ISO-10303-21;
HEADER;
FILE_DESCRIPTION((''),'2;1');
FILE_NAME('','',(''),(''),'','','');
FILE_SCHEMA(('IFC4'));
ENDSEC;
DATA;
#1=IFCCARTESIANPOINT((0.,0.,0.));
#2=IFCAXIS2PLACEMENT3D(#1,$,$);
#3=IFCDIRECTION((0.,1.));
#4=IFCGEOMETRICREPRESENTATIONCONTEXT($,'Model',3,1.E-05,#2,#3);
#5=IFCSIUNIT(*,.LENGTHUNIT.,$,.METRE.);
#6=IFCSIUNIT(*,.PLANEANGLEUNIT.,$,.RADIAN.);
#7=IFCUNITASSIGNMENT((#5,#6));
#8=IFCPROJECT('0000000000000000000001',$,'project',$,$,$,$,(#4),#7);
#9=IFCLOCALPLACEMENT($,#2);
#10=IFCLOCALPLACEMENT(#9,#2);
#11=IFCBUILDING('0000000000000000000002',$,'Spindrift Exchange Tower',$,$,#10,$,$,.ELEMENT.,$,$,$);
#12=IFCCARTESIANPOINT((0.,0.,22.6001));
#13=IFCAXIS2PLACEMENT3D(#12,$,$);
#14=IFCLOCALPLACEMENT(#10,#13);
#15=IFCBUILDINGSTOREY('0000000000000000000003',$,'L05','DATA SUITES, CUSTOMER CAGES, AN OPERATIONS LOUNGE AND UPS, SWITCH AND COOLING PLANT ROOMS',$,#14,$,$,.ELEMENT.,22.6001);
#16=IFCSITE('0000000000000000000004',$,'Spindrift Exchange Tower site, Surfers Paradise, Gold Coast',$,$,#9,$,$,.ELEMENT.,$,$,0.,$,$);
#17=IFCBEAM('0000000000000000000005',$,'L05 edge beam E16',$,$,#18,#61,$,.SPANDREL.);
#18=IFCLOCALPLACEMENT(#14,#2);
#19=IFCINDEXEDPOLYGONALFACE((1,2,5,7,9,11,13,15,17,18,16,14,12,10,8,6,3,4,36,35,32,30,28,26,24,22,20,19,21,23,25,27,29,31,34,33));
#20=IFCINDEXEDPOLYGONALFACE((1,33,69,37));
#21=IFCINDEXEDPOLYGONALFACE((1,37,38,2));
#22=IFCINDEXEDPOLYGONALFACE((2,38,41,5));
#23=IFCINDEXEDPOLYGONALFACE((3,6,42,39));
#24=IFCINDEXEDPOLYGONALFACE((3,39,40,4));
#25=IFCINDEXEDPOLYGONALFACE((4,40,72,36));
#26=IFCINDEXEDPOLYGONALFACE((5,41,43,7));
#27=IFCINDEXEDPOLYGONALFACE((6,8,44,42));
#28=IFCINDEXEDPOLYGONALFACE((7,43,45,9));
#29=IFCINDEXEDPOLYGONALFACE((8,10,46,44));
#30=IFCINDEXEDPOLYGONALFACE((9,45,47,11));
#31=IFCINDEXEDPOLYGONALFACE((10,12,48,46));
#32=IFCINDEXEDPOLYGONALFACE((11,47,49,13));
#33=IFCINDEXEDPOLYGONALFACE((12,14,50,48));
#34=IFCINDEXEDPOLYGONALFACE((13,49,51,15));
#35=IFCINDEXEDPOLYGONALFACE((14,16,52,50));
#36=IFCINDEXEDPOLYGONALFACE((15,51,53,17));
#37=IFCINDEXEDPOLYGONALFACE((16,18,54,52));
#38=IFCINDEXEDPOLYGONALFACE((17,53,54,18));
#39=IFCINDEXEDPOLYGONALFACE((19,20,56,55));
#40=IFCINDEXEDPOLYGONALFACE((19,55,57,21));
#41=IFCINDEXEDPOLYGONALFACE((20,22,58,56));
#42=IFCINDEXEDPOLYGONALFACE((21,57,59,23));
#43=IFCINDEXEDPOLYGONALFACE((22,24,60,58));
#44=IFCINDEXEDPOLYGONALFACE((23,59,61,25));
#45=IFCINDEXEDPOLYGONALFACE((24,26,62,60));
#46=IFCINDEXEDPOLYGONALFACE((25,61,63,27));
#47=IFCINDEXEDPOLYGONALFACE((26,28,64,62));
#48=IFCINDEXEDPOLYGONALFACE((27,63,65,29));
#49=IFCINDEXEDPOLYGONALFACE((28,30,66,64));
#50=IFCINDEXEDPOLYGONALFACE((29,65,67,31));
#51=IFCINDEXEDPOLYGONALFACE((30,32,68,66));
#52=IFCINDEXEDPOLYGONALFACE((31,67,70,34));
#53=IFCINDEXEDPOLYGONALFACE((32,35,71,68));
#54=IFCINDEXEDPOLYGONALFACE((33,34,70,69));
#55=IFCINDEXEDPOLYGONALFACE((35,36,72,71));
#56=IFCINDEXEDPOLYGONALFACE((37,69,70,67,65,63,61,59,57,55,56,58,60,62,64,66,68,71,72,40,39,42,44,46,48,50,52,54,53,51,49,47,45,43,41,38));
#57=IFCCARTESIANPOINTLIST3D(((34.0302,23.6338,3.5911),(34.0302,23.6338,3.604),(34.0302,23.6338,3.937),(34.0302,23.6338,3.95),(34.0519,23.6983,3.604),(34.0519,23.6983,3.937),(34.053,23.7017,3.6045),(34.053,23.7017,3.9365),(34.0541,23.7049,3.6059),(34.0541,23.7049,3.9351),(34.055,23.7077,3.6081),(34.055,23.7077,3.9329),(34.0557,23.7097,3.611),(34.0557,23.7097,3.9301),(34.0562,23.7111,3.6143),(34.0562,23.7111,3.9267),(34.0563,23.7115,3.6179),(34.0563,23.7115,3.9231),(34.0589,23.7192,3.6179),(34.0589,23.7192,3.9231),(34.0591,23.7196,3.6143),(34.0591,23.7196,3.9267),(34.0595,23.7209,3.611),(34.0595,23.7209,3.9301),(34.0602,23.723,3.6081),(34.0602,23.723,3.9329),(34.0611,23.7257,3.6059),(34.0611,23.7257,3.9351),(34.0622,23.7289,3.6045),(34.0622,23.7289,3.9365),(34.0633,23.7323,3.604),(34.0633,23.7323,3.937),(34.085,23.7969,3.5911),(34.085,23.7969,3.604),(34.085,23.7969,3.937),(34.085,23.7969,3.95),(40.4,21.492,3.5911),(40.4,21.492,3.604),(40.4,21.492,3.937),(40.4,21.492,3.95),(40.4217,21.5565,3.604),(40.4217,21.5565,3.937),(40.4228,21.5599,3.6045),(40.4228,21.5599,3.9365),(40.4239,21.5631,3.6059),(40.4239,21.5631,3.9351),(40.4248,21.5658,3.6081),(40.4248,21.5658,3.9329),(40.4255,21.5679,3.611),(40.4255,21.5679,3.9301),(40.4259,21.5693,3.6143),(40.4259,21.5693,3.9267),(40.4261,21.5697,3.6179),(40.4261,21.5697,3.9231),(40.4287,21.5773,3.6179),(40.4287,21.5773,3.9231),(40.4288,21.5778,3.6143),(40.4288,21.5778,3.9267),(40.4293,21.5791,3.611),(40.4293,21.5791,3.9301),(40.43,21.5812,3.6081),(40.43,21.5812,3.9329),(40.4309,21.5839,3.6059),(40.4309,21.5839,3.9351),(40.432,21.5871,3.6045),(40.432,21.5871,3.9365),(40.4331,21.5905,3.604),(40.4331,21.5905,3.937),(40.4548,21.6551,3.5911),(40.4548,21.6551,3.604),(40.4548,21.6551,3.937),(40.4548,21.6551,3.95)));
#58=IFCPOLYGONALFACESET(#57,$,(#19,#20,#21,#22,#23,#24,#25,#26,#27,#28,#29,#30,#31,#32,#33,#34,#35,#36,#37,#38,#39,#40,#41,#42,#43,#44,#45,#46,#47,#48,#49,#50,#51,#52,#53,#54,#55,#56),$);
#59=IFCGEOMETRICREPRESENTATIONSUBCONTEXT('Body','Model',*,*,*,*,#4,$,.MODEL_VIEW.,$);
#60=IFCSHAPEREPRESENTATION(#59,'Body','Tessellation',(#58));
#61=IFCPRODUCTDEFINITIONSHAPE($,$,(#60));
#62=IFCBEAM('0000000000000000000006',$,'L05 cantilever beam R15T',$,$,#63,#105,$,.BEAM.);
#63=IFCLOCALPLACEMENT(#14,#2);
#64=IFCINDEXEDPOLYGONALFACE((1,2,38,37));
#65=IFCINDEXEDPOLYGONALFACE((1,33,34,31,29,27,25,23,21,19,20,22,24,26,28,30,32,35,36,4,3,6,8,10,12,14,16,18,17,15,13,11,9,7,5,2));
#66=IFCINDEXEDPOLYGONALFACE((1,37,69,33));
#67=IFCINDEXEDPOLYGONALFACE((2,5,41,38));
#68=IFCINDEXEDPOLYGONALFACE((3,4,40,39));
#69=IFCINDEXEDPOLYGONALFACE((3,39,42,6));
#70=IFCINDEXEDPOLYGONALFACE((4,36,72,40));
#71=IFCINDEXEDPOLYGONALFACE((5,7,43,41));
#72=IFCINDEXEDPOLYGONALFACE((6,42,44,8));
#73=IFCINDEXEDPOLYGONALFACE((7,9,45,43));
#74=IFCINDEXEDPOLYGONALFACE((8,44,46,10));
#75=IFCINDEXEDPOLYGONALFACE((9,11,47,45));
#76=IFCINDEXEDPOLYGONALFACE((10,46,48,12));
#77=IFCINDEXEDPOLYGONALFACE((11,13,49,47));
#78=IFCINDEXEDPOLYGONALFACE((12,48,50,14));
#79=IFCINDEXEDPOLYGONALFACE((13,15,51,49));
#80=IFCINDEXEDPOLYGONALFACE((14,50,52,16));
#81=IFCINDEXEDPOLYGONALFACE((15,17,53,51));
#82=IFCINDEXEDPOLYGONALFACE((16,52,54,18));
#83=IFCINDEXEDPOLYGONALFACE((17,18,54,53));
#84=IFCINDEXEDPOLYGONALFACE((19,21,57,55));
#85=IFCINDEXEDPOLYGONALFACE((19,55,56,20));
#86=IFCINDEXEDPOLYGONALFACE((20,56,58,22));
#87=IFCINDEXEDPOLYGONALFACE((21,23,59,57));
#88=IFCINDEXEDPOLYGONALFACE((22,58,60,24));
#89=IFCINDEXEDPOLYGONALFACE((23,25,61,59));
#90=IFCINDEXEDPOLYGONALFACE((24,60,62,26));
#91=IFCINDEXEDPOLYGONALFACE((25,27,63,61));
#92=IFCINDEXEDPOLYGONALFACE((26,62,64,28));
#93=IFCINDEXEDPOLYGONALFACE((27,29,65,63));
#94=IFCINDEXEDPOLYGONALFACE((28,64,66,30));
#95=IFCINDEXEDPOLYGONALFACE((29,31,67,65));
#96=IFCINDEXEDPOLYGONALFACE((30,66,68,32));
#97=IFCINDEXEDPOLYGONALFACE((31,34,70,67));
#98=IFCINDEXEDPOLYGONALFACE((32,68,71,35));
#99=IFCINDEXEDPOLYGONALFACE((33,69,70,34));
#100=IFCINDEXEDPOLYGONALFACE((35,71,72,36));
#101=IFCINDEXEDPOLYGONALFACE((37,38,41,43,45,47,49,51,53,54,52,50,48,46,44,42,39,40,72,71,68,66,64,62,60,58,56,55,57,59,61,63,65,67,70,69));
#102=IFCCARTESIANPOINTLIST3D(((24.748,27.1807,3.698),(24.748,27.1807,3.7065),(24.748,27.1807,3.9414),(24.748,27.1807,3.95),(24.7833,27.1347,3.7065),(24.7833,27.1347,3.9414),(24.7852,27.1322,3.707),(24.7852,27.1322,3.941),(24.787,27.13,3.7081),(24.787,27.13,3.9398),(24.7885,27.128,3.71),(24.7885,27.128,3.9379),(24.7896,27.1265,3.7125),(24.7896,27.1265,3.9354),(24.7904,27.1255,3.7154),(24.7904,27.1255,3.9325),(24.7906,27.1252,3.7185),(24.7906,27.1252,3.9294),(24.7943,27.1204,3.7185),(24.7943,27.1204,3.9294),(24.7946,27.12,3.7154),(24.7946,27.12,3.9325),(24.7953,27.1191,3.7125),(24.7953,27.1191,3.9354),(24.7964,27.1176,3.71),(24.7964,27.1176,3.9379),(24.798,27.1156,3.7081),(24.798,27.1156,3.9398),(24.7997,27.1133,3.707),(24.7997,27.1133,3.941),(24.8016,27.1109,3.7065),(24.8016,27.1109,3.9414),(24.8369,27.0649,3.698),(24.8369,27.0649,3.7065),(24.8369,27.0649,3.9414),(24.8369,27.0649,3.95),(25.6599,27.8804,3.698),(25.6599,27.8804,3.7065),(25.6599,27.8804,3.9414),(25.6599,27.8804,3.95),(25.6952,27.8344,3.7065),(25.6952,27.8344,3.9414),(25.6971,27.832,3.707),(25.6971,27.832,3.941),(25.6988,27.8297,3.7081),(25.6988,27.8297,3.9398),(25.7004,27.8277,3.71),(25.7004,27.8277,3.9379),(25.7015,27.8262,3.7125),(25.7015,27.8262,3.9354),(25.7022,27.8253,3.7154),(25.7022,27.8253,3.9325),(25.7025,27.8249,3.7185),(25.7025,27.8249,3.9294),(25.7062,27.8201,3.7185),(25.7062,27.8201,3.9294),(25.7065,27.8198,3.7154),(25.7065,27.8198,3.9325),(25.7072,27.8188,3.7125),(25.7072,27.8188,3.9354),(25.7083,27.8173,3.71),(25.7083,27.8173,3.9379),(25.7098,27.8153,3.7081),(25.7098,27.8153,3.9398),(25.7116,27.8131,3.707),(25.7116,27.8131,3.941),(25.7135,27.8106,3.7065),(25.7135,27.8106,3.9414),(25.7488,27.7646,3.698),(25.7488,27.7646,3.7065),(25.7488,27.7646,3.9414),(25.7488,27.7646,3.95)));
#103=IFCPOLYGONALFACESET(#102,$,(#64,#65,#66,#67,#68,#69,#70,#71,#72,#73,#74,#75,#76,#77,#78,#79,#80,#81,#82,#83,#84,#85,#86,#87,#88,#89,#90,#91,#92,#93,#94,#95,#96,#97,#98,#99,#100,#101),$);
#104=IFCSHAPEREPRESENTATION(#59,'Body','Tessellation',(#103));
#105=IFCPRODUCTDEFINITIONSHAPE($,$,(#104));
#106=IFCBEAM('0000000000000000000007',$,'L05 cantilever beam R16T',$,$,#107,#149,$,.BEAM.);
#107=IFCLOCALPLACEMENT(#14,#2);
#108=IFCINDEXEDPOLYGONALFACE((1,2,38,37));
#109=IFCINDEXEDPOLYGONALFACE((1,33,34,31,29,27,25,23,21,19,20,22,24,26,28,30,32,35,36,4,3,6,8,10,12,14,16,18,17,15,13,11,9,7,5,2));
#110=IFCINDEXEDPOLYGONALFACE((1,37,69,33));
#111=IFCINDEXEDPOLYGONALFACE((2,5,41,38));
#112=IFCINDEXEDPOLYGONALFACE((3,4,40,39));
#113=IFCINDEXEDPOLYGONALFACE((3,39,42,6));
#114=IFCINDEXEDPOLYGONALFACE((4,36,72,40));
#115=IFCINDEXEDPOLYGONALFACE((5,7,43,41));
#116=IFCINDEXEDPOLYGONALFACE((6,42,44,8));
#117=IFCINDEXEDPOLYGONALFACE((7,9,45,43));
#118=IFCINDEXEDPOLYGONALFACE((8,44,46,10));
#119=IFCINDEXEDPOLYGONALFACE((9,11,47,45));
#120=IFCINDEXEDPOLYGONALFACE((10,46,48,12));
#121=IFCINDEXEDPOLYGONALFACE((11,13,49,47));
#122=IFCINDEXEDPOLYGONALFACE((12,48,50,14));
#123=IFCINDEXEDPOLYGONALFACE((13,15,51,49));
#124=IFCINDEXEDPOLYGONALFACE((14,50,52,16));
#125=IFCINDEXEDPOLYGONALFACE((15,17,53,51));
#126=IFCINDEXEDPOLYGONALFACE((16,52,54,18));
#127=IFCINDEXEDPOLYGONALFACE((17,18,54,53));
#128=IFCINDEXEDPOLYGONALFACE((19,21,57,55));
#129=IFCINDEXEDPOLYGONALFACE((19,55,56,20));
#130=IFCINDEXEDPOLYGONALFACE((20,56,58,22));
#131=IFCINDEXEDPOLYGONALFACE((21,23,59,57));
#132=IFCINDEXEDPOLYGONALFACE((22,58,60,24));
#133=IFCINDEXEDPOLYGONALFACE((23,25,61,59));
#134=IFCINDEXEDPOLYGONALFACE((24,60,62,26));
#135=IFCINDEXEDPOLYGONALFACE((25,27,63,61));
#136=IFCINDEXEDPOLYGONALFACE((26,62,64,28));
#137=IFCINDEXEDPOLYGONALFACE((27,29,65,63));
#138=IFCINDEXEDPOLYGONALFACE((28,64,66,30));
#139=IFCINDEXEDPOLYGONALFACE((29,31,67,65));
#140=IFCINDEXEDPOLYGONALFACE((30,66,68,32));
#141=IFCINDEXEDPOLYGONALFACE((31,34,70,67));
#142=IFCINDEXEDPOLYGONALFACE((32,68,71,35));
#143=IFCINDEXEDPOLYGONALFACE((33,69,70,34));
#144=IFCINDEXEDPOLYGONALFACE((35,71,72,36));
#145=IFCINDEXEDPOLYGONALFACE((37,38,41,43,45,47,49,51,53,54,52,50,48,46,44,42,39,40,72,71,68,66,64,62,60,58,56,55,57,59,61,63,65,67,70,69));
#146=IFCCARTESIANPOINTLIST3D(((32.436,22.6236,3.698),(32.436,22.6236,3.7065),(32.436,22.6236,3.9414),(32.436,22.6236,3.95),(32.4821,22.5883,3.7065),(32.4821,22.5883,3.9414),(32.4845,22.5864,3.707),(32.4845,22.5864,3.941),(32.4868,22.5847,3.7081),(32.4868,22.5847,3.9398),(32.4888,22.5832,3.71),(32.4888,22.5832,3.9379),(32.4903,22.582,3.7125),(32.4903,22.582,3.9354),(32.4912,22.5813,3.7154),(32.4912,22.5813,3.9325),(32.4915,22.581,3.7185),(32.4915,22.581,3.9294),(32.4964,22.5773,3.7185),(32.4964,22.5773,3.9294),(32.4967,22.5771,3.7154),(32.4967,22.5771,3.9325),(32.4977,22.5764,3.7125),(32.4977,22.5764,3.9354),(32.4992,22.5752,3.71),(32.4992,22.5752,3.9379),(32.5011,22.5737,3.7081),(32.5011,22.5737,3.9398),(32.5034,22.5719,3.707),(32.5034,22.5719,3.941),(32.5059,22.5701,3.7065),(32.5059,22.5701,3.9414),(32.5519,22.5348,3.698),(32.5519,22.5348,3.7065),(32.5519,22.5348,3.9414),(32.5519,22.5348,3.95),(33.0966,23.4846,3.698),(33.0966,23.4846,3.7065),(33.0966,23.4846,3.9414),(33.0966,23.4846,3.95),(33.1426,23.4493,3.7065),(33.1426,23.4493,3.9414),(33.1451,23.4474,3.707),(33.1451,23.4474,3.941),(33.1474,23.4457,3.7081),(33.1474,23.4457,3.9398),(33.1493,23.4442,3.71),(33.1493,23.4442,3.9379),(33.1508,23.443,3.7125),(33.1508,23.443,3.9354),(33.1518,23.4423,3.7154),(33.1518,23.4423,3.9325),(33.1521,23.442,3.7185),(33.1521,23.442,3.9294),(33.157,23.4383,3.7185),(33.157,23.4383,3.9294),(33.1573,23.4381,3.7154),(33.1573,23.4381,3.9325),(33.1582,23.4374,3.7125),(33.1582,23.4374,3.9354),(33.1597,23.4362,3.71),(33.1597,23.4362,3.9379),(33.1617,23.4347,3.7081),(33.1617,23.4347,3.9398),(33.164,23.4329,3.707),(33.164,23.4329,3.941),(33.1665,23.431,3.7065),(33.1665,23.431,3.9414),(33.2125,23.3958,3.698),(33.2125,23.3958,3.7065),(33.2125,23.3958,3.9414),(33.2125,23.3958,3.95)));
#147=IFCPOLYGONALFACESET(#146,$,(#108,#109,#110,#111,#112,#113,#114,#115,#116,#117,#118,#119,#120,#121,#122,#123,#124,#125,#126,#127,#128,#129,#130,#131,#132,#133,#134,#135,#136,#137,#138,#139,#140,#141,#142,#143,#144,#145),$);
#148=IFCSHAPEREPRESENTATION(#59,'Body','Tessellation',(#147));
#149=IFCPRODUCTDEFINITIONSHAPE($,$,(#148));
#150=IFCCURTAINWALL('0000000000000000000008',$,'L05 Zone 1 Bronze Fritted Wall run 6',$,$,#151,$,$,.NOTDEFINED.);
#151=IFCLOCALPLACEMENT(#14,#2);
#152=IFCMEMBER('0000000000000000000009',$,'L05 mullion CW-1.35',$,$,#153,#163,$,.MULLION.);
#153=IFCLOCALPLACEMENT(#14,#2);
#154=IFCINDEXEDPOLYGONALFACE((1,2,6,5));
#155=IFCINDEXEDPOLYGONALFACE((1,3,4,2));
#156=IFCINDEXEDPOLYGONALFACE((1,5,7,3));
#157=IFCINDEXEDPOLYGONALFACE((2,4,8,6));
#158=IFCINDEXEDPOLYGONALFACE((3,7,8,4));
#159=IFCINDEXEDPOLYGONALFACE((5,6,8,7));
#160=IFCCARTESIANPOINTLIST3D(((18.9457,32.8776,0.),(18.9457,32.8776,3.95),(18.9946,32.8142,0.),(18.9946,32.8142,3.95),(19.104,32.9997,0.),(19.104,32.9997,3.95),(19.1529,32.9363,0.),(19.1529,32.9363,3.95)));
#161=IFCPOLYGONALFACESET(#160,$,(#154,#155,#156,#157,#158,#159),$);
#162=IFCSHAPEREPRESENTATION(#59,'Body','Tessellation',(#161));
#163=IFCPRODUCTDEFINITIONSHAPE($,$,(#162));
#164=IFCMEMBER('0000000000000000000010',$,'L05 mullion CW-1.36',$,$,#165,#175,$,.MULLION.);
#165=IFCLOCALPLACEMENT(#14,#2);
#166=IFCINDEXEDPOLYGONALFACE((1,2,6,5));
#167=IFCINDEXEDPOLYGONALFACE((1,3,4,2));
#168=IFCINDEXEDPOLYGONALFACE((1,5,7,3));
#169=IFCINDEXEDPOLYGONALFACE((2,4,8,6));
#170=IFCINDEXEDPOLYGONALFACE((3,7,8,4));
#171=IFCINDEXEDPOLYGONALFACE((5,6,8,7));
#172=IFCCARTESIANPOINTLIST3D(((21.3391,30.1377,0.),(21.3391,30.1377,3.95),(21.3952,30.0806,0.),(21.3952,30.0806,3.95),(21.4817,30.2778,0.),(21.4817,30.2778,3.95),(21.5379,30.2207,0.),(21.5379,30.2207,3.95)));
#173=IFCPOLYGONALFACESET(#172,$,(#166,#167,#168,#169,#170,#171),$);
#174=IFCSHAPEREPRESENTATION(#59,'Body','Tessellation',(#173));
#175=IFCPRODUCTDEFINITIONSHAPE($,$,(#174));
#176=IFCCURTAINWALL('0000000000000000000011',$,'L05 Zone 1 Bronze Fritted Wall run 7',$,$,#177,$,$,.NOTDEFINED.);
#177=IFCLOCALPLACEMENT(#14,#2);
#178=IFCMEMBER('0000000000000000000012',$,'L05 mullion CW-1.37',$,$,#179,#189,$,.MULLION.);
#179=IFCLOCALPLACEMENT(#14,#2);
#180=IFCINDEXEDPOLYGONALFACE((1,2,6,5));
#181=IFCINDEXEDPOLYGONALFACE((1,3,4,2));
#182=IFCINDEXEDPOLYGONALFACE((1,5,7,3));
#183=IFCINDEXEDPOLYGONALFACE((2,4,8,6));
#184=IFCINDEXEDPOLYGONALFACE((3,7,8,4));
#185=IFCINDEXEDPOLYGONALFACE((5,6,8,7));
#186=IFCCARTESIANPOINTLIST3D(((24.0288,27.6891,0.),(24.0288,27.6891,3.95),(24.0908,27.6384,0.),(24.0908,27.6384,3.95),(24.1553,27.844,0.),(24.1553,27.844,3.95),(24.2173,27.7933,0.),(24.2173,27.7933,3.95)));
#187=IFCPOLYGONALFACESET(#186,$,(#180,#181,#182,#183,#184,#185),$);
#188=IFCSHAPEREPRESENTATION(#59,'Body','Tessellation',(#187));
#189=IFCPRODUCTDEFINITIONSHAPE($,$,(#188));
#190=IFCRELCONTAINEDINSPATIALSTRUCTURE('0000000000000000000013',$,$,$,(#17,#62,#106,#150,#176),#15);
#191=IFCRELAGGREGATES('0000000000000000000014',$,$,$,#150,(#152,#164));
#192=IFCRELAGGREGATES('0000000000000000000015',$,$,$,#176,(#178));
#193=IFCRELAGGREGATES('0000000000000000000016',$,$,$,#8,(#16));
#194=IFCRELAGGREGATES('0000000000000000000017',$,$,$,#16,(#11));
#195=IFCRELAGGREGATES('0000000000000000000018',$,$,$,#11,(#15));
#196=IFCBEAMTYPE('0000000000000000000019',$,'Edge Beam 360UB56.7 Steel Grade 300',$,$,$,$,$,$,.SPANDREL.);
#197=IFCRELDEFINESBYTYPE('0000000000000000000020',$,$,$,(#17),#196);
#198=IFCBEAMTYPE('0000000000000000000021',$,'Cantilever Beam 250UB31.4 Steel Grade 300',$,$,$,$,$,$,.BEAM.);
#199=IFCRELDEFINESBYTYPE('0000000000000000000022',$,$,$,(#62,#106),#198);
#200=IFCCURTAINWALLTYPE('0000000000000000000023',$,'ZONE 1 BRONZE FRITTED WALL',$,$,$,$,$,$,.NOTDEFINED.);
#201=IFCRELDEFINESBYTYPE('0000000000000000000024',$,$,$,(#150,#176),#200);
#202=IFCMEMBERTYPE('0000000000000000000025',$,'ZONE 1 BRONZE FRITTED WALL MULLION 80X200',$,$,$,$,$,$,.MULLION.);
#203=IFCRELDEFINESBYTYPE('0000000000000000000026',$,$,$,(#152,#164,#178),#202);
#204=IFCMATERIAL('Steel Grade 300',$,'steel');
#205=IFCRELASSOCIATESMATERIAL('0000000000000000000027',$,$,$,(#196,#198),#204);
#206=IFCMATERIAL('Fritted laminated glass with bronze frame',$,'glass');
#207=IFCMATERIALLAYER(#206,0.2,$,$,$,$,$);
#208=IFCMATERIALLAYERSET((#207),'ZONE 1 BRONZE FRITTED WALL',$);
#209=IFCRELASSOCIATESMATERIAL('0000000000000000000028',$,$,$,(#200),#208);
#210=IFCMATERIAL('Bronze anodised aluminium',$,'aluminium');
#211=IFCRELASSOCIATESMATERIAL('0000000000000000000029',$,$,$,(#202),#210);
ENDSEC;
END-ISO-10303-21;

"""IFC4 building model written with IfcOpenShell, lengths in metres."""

from ifc_helpers import new_model, si_unit, direction, frame, origin, origin_2d, place, context, subcontext, project, spatial, rectangle, i_section, extrude, source, transform, mapped, material, layer, layer_set, material_profile, profile_set, type_object, element, aggregate, save


model = new_model("IFC4")

# Units and contexts
model_context = context("Model", 3, precision=1e-05, world=origin(), true_north=direction((0.0, 1.0)))
body_context = subcontext(model_context, "Body", "Model", "MODEL_VIEW")
ifc_project = project(units=[si_unit("LENGTHUNIT", "METRE"), si_unit("PLANEANGLEUNIT", "RADIAN")], contexts=[model_context])

# Site, building, storey
site_placement = place(None, origin())
site = spatial("IfcSite", under=ifc_project, at=site_placement, Name="Spindrift Exchange Tower site, Surfers Paradise, Gold Coast", CompositionType="ELEMENT", RefElevation=0.0)
building_placement = place(site_placement, origin())
building = spatial("IfcBuilding", under=site, at=building_placement, Name="Spindrift Exchange Tower", CompositionType="ELEMENT")
storey_placement = place(building_placement, frame((0.0, 0.0, 22.6001)))
storey = spatial("IfcBuildingStorey", under=building, at=storey_placement, Name="L05", Description="DATA SUITES, CUSTOMER CAGES, AN OPERATIONS LOUNGE AND UPS, SWITCH AND COOLING PLANT ROOMS", CompositionType="ELEMENT", Elevation=22.6001)

# Beams
ifc_material_1 = material(Name="Steel Grade 300", Category="steel")
ifc_material_profile_1 = material_profile(ifc_material_1, i_section(OverallWidth=0.1721, OverallDepth=0.3589, WebThickness=0.0081, FlangeThickness=0.0129, FilletRadius=0.0139, at=origin_2d()), Name="360UB56.7")
ifc_profile_set_1 = profile_set([ifc_material_profile_1], Name="Steel Grade 300")
beam_type_1 = type_object("IfcBeamType", Name="Edge Beam 360UB56.7 Steel Grade 300", PredefinedType="SPANDREL", material=ifc_profile_set_1)
shared_shape_1 = source(origin(), body_context, "Body", "SweptSolid", [
    extrude(i_section(OverallWidth=0.1721, OverallDepth=0.3589, WebThickness=0.0081, FlangeThickness=0.0129, FilletRadius=0.0139, at=origin_2d()), origin(), (0.0, 0.0, 1.0), 6.7202),
])
beam_1_placement = place(storey_placement, frame((34.0576, 23.7153, 3.7705), z_axis=(0.947852, -0.318712, 0.0), x_axis=(0.318712, 0.947852, 0.0)))
element("IfcBeam", 1, at=beam_1_placement, inside=storey, type_object=beam_type_1, Name="L05 edge beam E16", PredefinedType="SPANDREL", context=body_context, shape_type="MappedRepresentation", body=[
    mapped(shared_shape_1, transform((0.0, 0.0, 0.0), scale=1.0)),
])
ifc_material_profile_2 = material_profile(ifc_material_1, i_section(OverallWidth=0.146, OverallDepth=0.252, WebThickness=0.0061, FlangeThickness=0.0085, FilletRadius=0.012, at=origin_2d()), Name="250UB31.4")
ifc_profile_set_2 = profile_set([ifc_material_profile_2], Name="Steel Grade 300")
beam_type_2 = type_object("IfcBeamType", Name="Cantilever Beam 250UB31.4 Steel Grade 300", PredefinedType="BEAM", material=ifc_profile_set_2)
shared_shape_2 = source(origin(), body_context, "Body", "SweptSolid", [
    extrude(i_section(OverallWidth=0.146, OverallDepth=0.252, WebThickness=0.0061, FlangeThickness=0.0085, FilletRadius=0.012, at=origin_2d()), origin(), (0.0, 0.0, 1.0), 1.1494),
])
beam_2_placement = place(storey_placement, frame((25.7043, 27.8225, 3.824), z_axis=(-0.79335, -0.608766, 0.0), x_axis=(0.608766, -0.79335, 0.0)))
element("IfcBeam", 2, at=beam_2_placement, inside=storey, type_object=beam_type_2, Name="L05 cantilever beam R15T", PredefinedType="BEAM", context=body_context, shape_type="MappedRepresentation", body=[
    mapped(shared_shape_2, transform((0.0, 0.0, 0.0), scale=1.0)),
])
shared_shape_3 = source(origin(), body_context, "Body", "SweptSolid", [
    extrude(i_section(OverallWidth=0.146, OverallDepth=0.252, WebThickness=0.0061, FlangeThickness=0.0085, FilletRadius=0.012, at=origin_2d()), origin(), (0.0, 0.0, 1.0), 1.0852),
])
beam_3_placement = place(storey_placement, frame((33.1545, 23.4402, 3.824), z_axis=(-0.60871, -0.793393, 0.0), x_axis=(0.793393, -0.60871, 0.0)))
element("IfcBeam", 3, at=beam_3_placement, inside=storey, type_object=beam_type_2, Name="L05 cantilever beam R16T", PredefinedType="BEAM", context=body_context, shape_type="MappedRepresentation", body=[
    mapped(shared_shape_3, transform((0.0, 0.0, 0.0), scale=1.0)),
])

# Curtain walls, members
ifc_material_2 = material(Name="Fritted laminated glass with bronze frame", Category="glass")
ifc_layer_1 = layer(ifc_material_2, 0.2)
ifc_layer_set_1 = layer_set([ifc_layer_1], Name="ZONE 1 BRONZE FRITTED WALL")
curtain_wall_type = type_object("IfcCurtainWallType", Name="ZONE 1 BRONZE FRITTED WALL", PredefinedType="NOTDEFINED", material=ifc_layer_set_1)
curtain_wall_1_placement = place(storey_placement, origin())
curtain_wall_1 = element("IfcCurtainWall", 4, at=curtain_wall_1_placement, inside=storey, type_object=curtain_wall_type, Name="L05 Zone 1 Bronze Fritted Wall run 6", PredefinedType="NOTDEFINED")
ifc_material_3 = material(Name="Bronze anodised aluminium", Category="aluminium")
ifc_material_profile_3 = material_profile(ifc_material_3, rectangle(XDim=0.0801, YDim=0.2, at=origin_2d()), Name="ZONE 1 BRONZE FRITTED WALL MULLION 80X200")
ifc_profile_set_3 = profile_set([ifc_material_profile_3], Name="Bronze anodised aluminium")
member_type_1 = type_object("IfcMemberType", Name="ZONE 1 BRONZE FRITTED WALL MULLION 80X200", PredefinedType="MULLION", material=ifc_profile_set_3)
shared_shape_4 = source(origin(), body_context, "Body", "SweptSolid", [
    extrude(rectangle(XDim=0.0801, YDim=0.2, at=origin_2d()), origin(), (0.0, 0.0, 1.0), 3.95),
])
member_1_placement = place(storey_placement, frame((19.0493, 32.907, 0.0), z_axis=(0.0, 0.0, 1.0), x_axis=(0.610696, -0.791865, 0.0)))
member_1 = element("IfcMember", 5, at=member_1_placement, type_object=member_type_1, Name="L05 mullion CW-1.35", PredefinedType="MULLION", context=body_context, shape_type="MappedRepresentation", body=[
    mapped(shared_shape_4, transform((0.0, 0.0, 0.0), scale=1.0)),
])
member_2_placement = place(storey_placement, frame((21.4385, 30.1792, 0.0), z_axis=(0.0, 0.0, 1.0), x_axis=(0.700723, -0.713433, 0.0)))
member_2 = element("IfcMember", 6, at=member_2_placement, type_object=member_type_1, Name="L05 mullion CW-1.36", PredefinedType="MULLION", context=body_context, shape_type="MappedRepresentation", body=[
    mapped(shared_shape_4, transform((0.0, 0.0, 0.0), scale=1.0)),
])
curtain_wall_2_placement = place(storey_placement, origin())
curtain_wall_2 = element("IfcCurtainWall", 7, at=curtain_wall_2_placement, inside=storey, type_object=curtain_wall_type, Name="L05 Zone 1 Bronze Fritted Wall run 7", PredefinedType="NOTDEFINED")
member_3_placement = place(storey_placement, frame((24.123, 27.7412, 0.0), z_axis=(0.0, 0.0, 1.0), x_axis=(0.774543, -0.632521, 0.0)))
member_3 = element("IfcMember", 8, at=member_3_placement, type_object=member_type_1, Name="L05 mullion CW-1.37", PredefinedType="MULLION", context=body_context, shape_type="MappedRepresentation", body=[
    mapped(shared_shape_4, transform((0.0, 0.0, 0.0), scale=1.0)),
])

aggregate(curtain_wall_1, [member_1, member_2])
aggregate(curtain_wall_2, [member_3])

save(model, "model.ifc")
